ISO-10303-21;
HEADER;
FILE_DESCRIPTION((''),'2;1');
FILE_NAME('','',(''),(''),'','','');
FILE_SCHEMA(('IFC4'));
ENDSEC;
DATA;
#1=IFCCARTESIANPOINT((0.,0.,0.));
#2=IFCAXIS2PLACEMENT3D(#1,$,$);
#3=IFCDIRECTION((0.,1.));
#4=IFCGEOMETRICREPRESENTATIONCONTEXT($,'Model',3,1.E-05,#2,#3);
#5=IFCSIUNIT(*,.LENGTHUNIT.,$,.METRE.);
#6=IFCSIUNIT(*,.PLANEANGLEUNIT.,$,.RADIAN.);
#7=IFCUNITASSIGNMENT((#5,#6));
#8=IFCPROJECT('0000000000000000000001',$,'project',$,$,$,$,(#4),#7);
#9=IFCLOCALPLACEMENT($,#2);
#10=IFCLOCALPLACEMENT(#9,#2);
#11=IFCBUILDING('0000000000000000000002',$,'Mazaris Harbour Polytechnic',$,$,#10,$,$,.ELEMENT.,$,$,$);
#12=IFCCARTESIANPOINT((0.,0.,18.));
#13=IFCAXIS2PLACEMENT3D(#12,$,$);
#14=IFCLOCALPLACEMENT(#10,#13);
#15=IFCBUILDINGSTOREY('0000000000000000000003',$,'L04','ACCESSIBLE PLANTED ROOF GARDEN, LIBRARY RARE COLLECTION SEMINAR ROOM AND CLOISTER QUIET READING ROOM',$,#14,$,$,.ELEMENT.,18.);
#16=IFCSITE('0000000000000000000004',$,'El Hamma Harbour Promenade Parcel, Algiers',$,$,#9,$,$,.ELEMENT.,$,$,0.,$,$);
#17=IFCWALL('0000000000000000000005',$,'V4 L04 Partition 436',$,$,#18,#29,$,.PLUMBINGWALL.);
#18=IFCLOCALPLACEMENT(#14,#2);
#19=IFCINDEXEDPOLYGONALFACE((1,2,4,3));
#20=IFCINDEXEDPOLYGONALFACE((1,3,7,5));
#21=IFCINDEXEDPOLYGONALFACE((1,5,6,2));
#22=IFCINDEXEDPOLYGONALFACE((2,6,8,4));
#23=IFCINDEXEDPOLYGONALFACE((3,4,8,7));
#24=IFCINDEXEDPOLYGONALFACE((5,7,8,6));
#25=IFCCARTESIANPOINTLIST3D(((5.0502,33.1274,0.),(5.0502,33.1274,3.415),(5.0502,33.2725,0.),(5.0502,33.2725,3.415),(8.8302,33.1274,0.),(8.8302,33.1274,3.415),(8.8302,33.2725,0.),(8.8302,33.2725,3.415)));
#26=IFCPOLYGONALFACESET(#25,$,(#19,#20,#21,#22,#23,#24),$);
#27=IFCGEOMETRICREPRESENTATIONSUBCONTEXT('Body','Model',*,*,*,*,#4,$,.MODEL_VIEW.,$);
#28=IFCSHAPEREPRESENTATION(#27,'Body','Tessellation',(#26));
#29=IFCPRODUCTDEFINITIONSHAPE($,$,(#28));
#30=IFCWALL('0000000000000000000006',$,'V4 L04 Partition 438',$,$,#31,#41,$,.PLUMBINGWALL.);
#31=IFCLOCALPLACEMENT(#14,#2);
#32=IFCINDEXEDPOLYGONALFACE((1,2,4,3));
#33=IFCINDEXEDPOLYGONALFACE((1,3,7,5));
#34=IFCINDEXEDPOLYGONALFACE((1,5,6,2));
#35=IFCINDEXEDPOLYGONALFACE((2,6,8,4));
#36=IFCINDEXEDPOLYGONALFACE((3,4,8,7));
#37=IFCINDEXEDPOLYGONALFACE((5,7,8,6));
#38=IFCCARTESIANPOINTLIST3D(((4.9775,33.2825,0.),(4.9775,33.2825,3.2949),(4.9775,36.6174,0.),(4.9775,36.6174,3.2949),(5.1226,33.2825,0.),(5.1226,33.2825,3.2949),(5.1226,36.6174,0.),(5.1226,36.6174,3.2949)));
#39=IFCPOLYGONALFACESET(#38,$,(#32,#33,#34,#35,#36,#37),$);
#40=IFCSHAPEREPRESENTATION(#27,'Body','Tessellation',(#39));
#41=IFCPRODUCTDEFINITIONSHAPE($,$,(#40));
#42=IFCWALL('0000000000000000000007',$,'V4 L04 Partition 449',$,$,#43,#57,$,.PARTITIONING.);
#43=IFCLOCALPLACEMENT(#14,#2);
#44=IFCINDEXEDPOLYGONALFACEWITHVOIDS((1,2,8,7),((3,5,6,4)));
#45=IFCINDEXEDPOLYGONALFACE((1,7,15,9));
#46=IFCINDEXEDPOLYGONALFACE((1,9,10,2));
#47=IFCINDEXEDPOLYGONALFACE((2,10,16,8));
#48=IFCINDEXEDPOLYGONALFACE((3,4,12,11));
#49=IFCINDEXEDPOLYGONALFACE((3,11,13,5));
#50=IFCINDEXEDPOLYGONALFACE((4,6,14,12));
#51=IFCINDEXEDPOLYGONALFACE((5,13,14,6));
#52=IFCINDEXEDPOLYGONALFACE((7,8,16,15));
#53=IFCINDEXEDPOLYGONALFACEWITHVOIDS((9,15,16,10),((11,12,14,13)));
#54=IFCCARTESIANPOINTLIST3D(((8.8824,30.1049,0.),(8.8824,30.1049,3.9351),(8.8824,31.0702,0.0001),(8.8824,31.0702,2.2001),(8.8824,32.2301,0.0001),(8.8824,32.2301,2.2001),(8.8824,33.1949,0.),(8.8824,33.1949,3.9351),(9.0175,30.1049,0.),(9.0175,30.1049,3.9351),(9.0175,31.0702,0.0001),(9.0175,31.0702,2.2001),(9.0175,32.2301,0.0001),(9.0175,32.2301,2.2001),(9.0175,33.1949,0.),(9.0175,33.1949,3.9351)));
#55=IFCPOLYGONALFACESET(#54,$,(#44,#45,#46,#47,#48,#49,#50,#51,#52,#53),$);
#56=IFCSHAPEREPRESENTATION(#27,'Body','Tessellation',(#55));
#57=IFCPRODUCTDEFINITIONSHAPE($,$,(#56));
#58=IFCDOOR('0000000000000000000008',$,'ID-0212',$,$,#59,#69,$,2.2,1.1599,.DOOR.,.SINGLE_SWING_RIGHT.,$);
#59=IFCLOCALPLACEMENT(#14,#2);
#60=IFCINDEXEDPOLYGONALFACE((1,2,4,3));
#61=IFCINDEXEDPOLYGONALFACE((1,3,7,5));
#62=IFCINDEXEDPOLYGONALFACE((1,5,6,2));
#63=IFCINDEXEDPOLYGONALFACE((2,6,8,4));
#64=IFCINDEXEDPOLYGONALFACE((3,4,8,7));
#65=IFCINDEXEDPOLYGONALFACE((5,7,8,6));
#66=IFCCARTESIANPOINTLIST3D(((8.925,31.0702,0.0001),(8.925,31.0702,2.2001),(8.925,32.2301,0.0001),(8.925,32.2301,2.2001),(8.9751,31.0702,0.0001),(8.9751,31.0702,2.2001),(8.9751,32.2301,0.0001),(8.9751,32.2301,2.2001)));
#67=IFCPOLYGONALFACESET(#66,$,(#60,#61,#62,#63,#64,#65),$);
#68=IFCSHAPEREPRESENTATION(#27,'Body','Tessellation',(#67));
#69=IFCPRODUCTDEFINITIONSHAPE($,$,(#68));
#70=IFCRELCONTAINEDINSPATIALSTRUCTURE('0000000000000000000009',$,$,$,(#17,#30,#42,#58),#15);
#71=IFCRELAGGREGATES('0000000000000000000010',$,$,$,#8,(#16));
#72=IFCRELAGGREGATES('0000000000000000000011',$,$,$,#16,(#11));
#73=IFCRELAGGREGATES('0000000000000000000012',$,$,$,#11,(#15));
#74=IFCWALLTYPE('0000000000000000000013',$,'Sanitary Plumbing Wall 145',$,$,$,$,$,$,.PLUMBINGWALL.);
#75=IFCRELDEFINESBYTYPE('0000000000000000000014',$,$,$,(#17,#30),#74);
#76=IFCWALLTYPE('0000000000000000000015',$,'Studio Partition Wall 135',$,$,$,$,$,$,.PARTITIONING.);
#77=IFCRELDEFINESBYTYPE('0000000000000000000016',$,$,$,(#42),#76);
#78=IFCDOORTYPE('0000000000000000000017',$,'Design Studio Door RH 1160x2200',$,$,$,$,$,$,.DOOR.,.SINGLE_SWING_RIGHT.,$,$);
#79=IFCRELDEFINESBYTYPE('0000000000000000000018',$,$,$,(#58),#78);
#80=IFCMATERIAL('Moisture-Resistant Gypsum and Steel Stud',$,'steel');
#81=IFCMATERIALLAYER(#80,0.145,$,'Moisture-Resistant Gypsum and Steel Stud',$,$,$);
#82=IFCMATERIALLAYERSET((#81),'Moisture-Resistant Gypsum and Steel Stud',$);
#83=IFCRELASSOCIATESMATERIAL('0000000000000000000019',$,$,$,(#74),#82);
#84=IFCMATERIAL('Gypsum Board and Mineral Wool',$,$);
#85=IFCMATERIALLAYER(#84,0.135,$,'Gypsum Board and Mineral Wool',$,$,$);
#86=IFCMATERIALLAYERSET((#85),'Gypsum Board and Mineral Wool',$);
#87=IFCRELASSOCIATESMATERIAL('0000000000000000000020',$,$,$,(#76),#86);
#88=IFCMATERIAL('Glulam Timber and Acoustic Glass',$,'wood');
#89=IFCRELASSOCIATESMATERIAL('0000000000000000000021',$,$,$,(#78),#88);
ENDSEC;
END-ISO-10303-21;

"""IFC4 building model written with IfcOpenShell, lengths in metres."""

from ifc_helpers import new_model, si_unit, direction, frame, frame_2d, origin, place, context, subcontext, project, spatial, rectangle, extrude, material, layer, layer_set, type_object, element, fill, save


model = new_model("IFC4")

# Units and contexts
model_context = context("Model", 3, precision=1e-05, world=origin(), true_north=direction((0.0, 1.0)))
body_context = subcontext(model_context, "Body", "Model", "MODEL_VIEW")
ifc_project = project(units=[si_unit("LENGTHUNIT", "METRE"), si_unit("PLANEANGLEUNIT", "RADIAN")], contexts=[model_context])

# Site, building, storey
site_placement = place(None, origin())
site = spatial("IfcSite", under=ifc_project, at=site_placement, Name="El Hamma Harbour Promenade Parcel, Algiers", CompositionType="ELEMENT", RefElevation=0.0)
building_placement = place(site_placement, origin())
building = spatial("IfcBuilding", under=site, at=building_placement, Name="Mazaris Harbour Polytechnic", CompositionType="ELEMENT")
storey_placement = place(building_placement, frame((0.0, 0.0, 18.0)))
storey = spatial("IfcBuildingStorey", under=building, at=storey_placement, Name="L04", Description="ACCESSIBLE PLANTED ROOF GARDEN, LIBRARY RARE COLLECTION SEMINAR ROOM AND CLOISTER QUIET READING ROOM", CompositionType="ELEMENT", Elevation=18.0)

# Walls
ifc_material_1 = material(Name="Moisture-Resistant Gypsum and Steel Stud", Category="steel")
ifc_layer_1 = layer(ifc_material_1, 0.145, Name="Moisture-Resistant Gypsum and Steel Stud")
ifc_layer_set_1 = layer_set([ifc_layer_1], Name="Moisture-Resistant Gypsum and Steel Stud")
wall_type_1 = type_object("IfcWallType", Name="Sanitary Plumbing Wall 145", PredefinedType="PLUMBINGWALL", material=ifc_layer_set_1)
wall_1_placement = place(storey_placement, frame((5.05, 33.2, 0.0), z_axis=(0.0, 0.0, 1.0), x_axis=(1.0, 0.0, 0.0)))
element("IfcWall", 1, at=wall_1_placement, inside=storey, type_object=wall_type_1, Name="V4 L04 Partition 436", PredefinedType="PLUMBINGWALL", context=body_context, shape_type="SweptSolid", body=[
    extrude(rectangle(XDim=3.78, YDim=0.145, at=frame_2d((1.8901, 0.0))), origin(), (0.0, 0.0, 1.0), 3.415),
])
wall_2_placement = place(storey_placement, frame((5.05, 33.2825, 0.0), z_axis=(0.0, 0.0, 1.0), x_axis=(0.0, 1.0, 0.0)))
element("IfcWall", 2, at=wall_2_placement, inside=storey, type_object=wall_type_1, Name="V4 L04 Partition 438", PredefinedType="PLUMBINGWALL", context=body_context, shape_type="SweptSolid", body=[
    extrude(rectangle(XDim=3.335, YDim=0.145, at=frame_2d((1.6675, 0.0))), origin(), (0.0, 0.0, 1.0), 3.2949),
])

# Wall, opening, door
ifc_material_2 = material(Name="Gypsum Board and Mineral Wool")
ifc_layer_2 = layer(ifc_material_2, 0.135, Name="Gypsum Board and Mineral Wool")
ifc_layer_set_2 = layer_set([ifc_layer_2], Name="Gypsum Board and Mineral Wool")
wall_type_2 = type_object("IfcWallType", Name="Studio Partition Wall 135", PredefinedType="PARTITIONING", material=ifc_layer_set_2)
wall_3_placement = place(storey_placement, frame((8.95, 30.105, 0.0), z_axis=(0.0, 0.0, 1.0), x_axis=(0.0, 1.0, 0.0)))
wall_3 = element("IfcWall", 3, at=wall_3_placement, inside=storey, type_object=wall_type_2, Name="V4 L04 Partition 449", PredefinedType="PARTITIONING", context=body_context, shape_type="SweptSolid", body=[
    extrude(rectangle(XDim=3.0901, YDim=0.135, at=frame_2d((1.5449, 0.0))), origin(), (0.0, 0.0, 1.0), 3.9351),
])
opening_1_placement = place(wall_3_placement, frame((0.9651, 0.0, 0.0)))
opening_1 = element("IfcOpeningElement", 4, at=opening_1_placement, cuts=wall_3, PredefinedType="OPENING", context=body_context, shape_type="SweptSolid", body=[
    extrude(rectangle(XDim=1.1599, YDim=2.2, at=frame_2d((0.5801, 1.1001))), frame((0.0, 0.0774, 0.0), z_axis=(0.0, -1.0, 0.0), x_axis=(1.0, 0.0, 0.0)), (0.0, 0.0, 1.0), 0.155),
])
ifc_material_3 = material(Name="Glulam Timber and Acoustic Glass", Category="wood")
door_type_1 = type_object("IfcDoorType", Name="Design Studio Door RH 1160x2200", OperationType="SINGLE_SWING_RIGHT", PredefinedType="DOOR", material=ifc_material_3)
door_1_placement = place(opening_1_placement, origin())
door_1 = element("IfcDoor", 5, at=door_1_placement, inside=storey, type_object=door_type_1, Name="ID-0212", OperationType="SINGLE_SWING_RIGHT", OverallHeight=2.2, OverallWidth=1.1599, PredefinedType="DOOR", context=body_context, shape_type="SweptSolid", body=[
    extrude(rectangle(XDim=1.1599, YDim=2.2, at=frame_2d((0.5801, 1.1001))), frame((0.0, 0.0249, 0.0), z_axis=(0.0, -1.0, 0.0), x_axis=(1.0, 0.0, 0.0)), (0.0, 0.0, 1.0), 0.05),
])
fill(opening_1, door_1)

save(model, "model.ifc")
